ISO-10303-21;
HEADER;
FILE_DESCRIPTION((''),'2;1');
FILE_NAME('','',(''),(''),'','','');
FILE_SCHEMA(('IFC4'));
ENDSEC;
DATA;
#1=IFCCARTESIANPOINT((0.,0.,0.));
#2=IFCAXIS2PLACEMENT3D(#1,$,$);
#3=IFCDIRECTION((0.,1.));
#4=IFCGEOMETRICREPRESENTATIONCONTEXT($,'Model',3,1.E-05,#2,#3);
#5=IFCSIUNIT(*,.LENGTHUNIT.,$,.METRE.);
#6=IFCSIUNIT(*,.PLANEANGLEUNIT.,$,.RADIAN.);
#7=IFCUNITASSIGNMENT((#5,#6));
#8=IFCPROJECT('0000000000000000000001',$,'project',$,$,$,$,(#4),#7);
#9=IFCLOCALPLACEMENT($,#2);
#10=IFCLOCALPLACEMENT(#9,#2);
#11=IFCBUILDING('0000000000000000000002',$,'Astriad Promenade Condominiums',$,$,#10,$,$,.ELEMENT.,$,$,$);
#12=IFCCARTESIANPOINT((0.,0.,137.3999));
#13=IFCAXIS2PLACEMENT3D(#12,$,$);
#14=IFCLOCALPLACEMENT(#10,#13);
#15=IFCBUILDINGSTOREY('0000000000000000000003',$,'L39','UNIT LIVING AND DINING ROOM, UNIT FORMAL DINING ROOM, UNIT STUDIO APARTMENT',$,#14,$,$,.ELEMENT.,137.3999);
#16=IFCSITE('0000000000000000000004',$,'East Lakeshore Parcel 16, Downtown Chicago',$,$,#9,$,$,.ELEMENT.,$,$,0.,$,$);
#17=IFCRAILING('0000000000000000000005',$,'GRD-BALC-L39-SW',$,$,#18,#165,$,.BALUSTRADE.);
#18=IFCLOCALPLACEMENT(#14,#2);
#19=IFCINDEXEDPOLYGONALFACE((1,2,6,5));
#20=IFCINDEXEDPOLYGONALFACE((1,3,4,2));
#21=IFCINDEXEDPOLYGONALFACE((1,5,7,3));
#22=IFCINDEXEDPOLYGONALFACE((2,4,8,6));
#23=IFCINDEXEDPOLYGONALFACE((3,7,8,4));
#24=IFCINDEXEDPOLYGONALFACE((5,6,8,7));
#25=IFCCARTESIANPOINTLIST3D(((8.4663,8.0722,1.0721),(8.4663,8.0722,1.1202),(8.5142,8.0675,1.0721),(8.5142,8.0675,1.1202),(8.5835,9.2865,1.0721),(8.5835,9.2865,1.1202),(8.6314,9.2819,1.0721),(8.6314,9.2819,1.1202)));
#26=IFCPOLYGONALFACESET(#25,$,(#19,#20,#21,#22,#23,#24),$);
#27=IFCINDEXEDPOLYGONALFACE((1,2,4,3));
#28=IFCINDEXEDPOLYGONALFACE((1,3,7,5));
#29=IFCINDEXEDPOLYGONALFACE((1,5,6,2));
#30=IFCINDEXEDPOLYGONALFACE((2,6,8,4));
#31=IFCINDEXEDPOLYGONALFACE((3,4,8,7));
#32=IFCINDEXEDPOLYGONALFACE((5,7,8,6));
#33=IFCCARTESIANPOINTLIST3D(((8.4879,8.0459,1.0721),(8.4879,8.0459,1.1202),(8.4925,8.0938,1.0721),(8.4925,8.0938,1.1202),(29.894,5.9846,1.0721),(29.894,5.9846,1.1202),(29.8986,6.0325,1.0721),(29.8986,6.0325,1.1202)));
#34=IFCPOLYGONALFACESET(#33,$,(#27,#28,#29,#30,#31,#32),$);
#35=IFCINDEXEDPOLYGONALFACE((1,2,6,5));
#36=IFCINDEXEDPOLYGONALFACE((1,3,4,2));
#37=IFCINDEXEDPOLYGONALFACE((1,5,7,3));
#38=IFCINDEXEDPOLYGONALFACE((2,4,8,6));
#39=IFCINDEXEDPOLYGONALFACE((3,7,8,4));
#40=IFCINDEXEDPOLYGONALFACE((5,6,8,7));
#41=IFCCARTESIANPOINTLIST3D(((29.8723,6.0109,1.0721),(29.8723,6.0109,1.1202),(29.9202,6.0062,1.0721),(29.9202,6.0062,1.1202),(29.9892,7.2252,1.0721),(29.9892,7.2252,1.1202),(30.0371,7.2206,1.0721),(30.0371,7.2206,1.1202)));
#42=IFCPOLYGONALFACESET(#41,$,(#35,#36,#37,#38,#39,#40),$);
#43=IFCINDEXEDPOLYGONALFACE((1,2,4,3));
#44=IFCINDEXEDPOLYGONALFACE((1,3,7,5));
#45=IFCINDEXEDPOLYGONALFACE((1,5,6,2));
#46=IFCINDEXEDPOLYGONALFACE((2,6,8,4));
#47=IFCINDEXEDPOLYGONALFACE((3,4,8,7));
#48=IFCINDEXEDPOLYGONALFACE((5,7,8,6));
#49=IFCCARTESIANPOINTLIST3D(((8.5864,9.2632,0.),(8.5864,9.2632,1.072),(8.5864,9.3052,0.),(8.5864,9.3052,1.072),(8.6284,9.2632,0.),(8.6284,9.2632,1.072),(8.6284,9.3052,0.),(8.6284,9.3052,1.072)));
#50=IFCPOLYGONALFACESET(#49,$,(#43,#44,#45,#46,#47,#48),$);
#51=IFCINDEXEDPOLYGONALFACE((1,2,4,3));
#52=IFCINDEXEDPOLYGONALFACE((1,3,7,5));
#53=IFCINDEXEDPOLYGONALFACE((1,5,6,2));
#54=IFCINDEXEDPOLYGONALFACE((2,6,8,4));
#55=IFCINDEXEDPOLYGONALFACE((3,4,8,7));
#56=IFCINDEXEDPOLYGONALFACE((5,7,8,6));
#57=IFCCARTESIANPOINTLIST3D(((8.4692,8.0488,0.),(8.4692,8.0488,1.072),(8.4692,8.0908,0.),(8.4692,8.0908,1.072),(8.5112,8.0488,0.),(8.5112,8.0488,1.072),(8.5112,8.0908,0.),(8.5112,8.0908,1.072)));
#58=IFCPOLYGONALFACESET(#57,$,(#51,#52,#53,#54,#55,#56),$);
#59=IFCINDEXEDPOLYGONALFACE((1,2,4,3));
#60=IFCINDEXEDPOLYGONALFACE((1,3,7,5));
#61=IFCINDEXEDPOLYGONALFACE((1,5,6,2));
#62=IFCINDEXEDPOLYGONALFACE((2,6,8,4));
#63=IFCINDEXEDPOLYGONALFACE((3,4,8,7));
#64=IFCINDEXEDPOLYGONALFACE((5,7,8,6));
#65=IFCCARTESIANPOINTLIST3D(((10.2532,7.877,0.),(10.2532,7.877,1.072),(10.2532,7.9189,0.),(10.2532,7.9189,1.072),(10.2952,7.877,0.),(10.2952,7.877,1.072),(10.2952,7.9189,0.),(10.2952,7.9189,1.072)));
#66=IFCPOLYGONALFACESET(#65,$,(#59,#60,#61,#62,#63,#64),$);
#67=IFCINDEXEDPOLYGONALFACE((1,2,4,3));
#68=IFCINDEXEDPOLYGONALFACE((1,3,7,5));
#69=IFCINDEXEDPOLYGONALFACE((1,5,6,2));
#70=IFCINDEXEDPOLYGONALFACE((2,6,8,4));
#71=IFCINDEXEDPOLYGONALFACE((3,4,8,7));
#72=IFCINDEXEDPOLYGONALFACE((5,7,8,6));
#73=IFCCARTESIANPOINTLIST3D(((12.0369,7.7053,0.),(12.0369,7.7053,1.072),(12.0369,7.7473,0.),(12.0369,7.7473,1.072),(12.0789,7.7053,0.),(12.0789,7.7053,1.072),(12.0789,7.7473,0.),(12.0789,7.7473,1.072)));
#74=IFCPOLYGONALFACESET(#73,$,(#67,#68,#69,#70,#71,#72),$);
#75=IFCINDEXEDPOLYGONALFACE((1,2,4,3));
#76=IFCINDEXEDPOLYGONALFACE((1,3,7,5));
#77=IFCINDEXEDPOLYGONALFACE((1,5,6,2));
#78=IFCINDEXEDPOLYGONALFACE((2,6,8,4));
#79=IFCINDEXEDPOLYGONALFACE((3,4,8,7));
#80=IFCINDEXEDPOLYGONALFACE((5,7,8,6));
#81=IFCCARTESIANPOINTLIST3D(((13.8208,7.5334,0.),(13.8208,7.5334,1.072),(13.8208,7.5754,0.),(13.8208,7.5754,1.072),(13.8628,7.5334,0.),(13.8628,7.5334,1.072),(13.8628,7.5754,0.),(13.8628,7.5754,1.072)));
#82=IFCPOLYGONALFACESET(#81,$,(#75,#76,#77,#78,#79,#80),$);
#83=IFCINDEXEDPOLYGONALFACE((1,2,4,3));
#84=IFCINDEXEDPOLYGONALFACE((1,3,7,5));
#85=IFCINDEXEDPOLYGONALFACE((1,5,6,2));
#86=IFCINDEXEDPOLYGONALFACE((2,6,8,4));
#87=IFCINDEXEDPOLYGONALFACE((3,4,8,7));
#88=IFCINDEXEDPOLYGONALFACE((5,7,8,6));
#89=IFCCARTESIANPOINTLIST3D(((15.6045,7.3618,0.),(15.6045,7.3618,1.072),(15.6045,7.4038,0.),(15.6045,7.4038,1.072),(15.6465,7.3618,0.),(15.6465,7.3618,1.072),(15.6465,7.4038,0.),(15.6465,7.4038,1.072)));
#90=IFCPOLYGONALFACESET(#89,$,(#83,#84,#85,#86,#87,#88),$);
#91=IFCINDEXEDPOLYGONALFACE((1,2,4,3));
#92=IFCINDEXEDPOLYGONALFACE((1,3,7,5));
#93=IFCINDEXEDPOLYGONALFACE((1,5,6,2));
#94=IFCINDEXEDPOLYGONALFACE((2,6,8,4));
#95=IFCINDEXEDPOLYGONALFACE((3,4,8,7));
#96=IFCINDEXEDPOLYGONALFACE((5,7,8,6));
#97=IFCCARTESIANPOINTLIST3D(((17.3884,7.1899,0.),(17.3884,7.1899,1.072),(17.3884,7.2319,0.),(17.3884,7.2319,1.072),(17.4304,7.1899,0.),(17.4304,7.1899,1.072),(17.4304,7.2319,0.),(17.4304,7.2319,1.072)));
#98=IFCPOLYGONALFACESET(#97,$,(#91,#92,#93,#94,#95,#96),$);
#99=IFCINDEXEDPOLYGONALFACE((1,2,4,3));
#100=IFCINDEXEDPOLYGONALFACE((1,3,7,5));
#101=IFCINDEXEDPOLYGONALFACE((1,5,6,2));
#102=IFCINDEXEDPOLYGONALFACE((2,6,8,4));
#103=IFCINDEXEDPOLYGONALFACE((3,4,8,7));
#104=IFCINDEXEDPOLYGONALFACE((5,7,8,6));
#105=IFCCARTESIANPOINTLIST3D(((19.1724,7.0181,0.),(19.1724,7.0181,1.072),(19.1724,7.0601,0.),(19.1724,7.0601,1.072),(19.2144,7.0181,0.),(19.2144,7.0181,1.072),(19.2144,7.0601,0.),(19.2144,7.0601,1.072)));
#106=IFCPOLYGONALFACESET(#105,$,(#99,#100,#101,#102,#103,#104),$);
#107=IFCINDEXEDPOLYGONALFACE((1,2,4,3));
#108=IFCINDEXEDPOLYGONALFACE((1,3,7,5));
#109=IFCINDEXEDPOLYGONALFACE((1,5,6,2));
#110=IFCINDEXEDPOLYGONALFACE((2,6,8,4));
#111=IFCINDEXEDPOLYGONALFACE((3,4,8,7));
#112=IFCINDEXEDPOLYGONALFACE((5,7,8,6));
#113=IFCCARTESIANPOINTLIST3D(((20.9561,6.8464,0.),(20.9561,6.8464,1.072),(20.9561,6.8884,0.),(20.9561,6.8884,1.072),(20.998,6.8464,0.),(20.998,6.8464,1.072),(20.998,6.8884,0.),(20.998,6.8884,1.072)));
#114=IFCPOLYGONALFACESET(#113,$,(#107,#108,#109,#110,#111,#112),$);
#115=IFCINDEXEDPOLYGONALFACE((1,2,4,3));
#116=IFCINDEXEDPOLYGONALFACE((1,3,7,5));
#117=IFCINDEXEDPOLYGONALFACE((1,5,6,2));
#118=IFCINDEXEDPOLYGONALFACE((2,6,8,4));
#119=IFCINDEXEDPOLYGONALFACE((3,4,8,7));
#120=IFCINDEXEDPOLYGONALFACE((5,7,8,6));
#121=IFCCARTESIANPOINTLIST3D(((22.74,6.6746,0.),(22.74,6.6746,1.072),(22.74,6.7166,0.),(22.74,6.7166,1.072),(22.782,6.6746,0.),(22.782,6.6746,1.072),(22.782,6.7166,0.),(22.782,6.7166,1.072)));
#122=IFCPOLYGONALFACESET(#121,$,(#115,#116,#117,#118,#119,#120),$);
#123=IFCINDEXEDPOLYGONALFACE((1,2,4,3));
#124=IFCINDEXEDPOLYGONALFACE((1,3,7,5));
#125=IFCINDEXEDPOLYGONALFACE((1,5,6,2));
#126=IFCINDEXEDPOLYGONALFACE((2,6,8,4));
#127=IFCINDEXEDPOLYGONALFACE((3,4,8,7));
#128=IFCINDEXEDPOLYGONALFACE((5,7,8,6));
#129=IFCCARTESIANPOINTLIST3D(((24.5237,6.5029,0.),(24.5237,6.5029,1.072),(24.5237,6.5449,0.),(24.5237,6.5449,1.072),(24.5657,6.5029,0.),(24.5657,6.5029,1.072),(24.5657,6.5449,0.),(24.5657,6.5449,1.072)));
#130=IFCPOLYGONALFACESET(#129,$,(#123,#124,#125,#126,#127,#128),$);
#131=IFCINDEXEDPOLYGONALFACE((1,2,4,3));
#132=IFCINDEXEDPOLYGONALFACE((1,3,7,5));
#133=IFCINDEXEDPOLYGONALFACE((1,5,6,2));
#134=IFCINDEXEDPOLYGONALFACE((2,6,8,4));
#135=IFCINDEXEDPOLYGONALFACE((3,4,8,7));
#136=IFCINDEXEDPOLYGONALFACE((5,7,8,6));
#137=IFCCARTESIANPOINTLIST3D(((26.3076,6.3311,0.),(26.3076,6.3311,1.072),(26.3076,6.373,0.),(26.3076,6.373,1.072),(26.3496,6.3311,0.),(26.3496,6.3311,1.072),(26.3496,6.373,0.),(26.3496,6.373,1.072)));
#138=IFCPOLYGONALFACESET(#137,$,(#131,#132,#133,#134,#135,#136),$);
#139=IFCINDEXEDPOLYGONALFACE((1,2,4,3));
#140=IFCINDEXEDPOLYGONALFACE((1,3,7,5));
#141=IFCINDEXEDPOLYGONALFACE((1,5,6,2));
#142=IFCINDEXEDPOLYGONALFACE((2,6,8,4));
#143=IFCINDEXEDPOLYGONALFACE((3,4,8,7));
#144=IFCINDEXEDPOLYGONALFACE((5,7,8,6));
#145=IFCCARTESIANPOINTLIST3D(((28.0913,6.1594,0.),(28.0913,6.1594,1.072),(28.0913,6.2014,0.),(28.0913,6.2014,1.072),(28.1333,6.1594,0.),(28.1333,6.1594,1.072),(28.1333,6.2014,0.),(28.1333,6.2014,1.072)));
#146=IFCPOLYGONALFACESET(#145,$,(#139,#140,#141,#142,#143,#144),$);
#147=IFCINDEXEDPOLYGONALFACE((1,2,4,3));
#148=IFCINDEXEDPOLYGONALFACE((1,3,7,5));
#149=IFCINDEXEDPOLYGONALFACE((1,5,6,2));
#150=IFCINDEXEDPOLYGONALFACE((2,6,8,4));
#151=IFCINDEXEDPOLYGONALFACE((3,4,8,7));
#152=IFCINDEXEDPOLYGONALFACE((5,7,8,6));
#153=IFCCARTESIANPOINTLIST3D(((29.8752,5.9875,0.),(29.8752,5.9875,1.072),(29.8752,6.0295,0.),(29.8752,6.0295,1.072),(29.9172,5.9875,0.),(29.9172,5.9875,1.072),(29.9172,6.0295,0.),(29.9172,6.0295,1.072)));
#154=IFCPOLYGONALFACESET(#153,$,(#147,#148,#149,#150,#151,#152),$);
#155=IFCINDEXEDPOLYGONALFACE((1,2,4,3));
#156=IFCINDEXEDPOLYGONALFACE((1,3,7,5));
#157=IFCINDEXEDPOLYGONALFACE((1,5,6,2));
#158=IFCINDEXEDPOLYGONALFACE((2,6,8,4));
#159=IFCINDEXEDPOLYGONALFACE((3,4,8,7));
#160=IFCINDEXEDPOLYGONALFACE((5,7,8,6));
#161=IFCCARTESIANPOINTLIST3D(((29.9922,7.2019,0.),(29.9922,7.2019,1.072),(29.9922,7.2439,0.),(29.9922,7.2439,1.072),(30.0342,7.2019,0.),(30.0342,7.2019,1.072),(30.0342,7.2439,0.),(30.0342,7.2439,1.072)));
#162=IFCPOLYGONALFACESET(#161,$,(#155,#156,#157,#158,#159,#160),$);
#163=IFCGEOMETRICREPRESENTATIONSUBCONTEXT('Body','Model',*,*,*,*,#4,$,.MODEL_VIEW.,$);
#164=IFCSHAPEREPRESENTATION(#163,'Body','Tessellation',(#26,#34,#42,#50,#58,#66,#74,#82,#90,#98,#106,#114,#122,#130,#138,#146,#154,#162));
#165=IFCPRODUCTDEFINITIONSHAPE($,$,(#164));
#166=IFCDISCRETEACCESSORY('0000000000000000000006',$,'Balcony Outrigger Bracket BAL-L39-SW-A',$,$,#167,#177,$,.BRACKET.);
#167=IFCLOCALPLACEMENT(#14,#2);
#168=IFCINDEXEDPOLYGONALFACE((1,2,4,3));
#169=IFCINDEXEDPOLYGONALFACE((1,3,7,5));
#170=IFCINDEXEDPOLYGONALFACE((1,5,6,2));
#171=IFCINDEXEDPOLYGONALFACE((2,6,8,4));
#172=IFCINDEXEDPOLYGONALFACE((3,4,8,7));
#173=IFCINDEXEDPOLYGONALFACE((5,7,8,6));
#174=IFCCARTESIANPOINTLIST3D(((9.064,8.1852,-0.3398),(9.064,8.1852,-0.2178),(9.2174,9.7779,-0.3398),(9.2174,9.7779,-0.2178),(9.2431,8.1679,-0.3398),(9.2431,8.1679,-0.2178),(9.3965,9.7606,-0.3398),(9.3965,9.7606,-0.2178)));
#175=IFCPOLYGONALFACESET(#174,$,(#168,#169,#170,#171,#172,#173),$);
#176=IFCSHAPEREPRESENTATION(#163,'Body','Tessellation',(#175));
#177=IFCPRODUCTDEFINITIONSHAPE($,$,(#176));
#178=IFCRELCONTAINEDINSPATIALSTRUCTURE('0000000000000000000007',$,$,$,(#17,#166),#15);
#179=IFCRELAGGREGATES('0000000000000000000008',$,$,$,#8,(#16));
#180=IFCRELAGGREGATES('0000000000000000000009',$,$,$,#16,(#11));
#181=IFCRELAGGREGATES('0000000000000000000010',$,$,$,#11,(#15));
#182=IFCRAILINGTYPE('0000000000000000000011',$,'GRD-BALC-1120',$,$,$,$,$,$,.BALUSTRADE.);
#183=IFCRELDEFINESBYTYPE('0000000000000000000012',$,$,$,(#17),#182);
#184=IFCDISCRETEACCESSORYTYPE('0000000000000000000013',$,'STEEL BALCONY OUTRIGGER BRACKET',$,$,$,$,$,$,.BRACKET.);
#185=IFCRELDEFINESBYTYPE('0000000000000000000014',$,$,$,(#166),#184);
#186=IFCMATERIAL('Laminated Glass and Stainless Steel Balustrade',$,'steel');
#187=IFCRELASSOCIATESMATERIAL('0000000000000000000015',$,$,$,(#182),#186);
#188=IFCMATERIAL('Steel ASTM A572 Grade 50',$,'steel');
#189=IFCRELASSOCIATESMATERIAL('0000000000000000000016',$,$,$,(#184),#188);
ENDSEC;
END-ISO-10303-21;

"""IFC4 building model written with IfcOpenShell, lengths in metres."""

from ifc_helpers import new_model, si_unit, direction, frame, origin, origin_2d, place, context, subcontext, project, spatial, rectangle, extrude, source, transform, mapped, material, type_object, type_shapes, element, save


model = new_model("IFC4")

# Units and contexts
model_context = context("Model", 3, precision=1e-05, world=origin(), true_north=direction((0.0, 1.0)))
body_context = subcontext(model_context, "Body", "Model", "MODEL_VIEW")
ifc_project = project(units=[si_unit("LENGTHUNIT", "METRE"), si_unit("PLANEANGLEUNIT", "RADIAN")], contexts=[model_context])

# Site, building, storey
site_placement = place(None, origin())
site = spatial("IfcSite", under=ifc_project, at=site_placement, Name="East Lakeshore Parcel 16, Downtown Chicago", CompositionType="ELEMENT", RefElevation=0.0)
building_placement = place(site_placement, origin())
building = spatial("IfcBuilding", under=site, at=building_placement, Name="Astriad Promenade Condominiums", CompositionType="ELEMENT")
storey_placement = place(building_placement, frame((0.0, 0.0, 137.3999)))
storey = spatial("IfcBuildingStorey", under=building, at=storey_placement, Name="L39", Description="UNIT LIVING AND DINING ROOM, UNIT FORMAL DINING ROOM, UNIT STUDIO APARTMENT", CompositionType="ELEMENT", Elevation=137.3999)

# Railing
ifc_material_1 = material(Name="Laminated Glass and Stainless Steel Balustrade", Category="steel")
railing_type = type_object("IfcRailingType", Name="GRD-BALC-1120", PredefinedType="BALUSTRADE", material=ifc_material_1)
shared_shape_1 = source(origin(), body_context, "Body", "SweptSolid", [
    extrude(rectangle(XDim=0.0481, YDim=0.0481, at=origin_2d()), frame((0.0, 0.0, 1.0962), z_axis=(-0.096056, -0.995376, 0.0), x_axis=(0.995376, -0.096056, 0.0)), (0.0, 0.0, 1.0), 1.22),
    extrude(rectangle(XDim=0.0481, YDim=0.0481, at=origin_2d()), frame((-0.1172, -1.2144, 1.0962), z_axis=(0.995396, -0.095851, 0.0), x_axis=(0.095851, 0.995396, 0.0)), (0.0, 0.0, 1.0), 21.5051),
    extrude(rectangle(XDim=0.0481, YDim=0.0481, at=origin_2d()), frame((21.2888, -3.2756, 1.0962), z_axis=(0.095857, 0.995395, 0.0), x_axis=(-0.995395, 0.095857, 0.0)), (0.0, 0.0, 1.0), 1.22),
    extrude(rectangle(XDim=0.042, YDim=0.042, at=origin_2d()), origin(), (0.0, 0.0, 1.0), 1.072),
    extrude(rectangle(XDim=0.042, YDim=0.042, at=origin_2d()), frame((-0.1172, -1.2144, 0.0)), (0.0, 0.0, 1.0), 1.072),
    extrude(rectangle(XDim=0.042, YDim=0.042, at=origin_2d()), frame((1.6667, -1.3862, 0.0)), (0.0, 0.0, 1.0), 1.072),
    extrude(rectangle(XDim=0.042, YDim=0.042, at=origin_2d()), frame((3.4504, -1.5579, 0.0)), (0.0, 0.0, 1.0), 1.072),
    extrude(rectangle(XDim=0.042, YDim=0.042, at=origin_2d()), frame((5.2344, -1.7297, 0.0)), (0.0, 0.0, 1.0), 1.072),
    extrude(rectangle(XDim=0.042, YDim=0.042, at=origin_2d()), frame((7.0181, -1.9014, 0.0)), (0.0, 0.0, 1.0), 1.072),
    extrude(rectangle(XDim=0.042, YDim=0.042, at=origin_2d()), frame((8.802, -2.0732, 0.0)), (0.0, 0.0, 1.0), 1.072),
    extrude(rectangle(XDim=0.042, YDim=0.042, at=origin_2d()), frame((10.5859, -2.2451, 0.0)), (0.0, 0.0, 1.0), 1.072),
    extrude(rectangle(XDim=0.042, YDim=0.042, at=origin_2d()), frame((12.3696, -2.4167, 0.0)), (0.0, 0.0, 1.0), 1.072),
    extrude(rectangle(XDim=0.042, YDim=0.042, at=origin_2d()), frame((14.1536, -2.5886, 0.0)), (0.0, 0.0, 1.0), 1.072),
    extrude(rectangle(XDim=0.042, YDim=0.042, at=origin_2d()), frame((15.9373, -2.7603, 0.0)), (0.0, 0.0, 1.0), 1.072),
    extrude(rectangle(XDim=0.042, YDim=0.042, at=origin_2d()), frame((17.7212, -2.9321, 0.0)), (0.0, 0.0, 1.0), 1.072),
    extrude(rectangle(XDim=0.042, YDim=0.042, at=origin_2d()), frame((19.5049, -3.1038, 0.0)), (0.0, 0.0, 1.0), 1.072),
    extrude(rectangle(XDim=0.042, YDim=0.042, at=origin_2d()), frame((21.2888, -3.2756, 0.0)), (0.0, 0.0, 1.0), 1.072),
    extrude(rectangle(XDim=0.042, YDim=0.042, at=origin_2d()), frame((21.4058, -2.0613, 0.0)), (0.0, 0.0, 1.0), 1.072),
])
type_shapes(railing_type, [shared_shape_1])
railing_placement = place(storey_placement, frame((8.6074, 9.2842, 0.0)))
element("IfcRailing", 1, at=railing_placement, inside=storey, type_object=railing_type, Name="GRD-BALC-L39-SW", PredefinedType="BALUSTRADE", context=body_context, shape_type="MappedRepresentation", body=[
    mapped(shared_shape_1, transform((0.0, 0.0, 0.0), scale=1.0)),
])

# Discrete accessory
ifc_material_2 = material(Name="Steel ASTM A572 Grade 50", Category="steel")
discrete_accessory_type = type_object("IfcDiscreteAccessoryType", Name="STEEL BALCONY OUTRIGGER BRACKET", PredefinedType="BRACKET", material=ifc_material_2)
shared_shape_2 = source(origin(), body_context, "Body", "SweptSolid", [
    extrude(rectangle(XDim=1.6001, YDim=0.1799, at=origin_2d()), origin(), (0.0, 0.0, 1.0), 0.1221),
])
type_shapes(discrete_accessory_type, [shared_shape_2])
discrete_accessory_placement = place(storey_placement, frame((9.2302, 8.9729, -0.3398), z_axis=(0.0, 0.0, 1.0), x_axis=(-0.095846, -0.995396, 0.0)))
element("IfcDiscreteAccessory", 2, at=discrete_accessory_placement, inside=storey, type_object=discrete_accessory_type, Name="Balcony Outrigger Bracket BAL-L39-SW-A", PredefinedType="BRACKET", context=body_context, shape_type="MappedRepresentation", body=[
    mapped(shared_shape_2, transform((0.0, 0.0, 0.0), scale=1.0)),
])

save(model, "model.ifc")
